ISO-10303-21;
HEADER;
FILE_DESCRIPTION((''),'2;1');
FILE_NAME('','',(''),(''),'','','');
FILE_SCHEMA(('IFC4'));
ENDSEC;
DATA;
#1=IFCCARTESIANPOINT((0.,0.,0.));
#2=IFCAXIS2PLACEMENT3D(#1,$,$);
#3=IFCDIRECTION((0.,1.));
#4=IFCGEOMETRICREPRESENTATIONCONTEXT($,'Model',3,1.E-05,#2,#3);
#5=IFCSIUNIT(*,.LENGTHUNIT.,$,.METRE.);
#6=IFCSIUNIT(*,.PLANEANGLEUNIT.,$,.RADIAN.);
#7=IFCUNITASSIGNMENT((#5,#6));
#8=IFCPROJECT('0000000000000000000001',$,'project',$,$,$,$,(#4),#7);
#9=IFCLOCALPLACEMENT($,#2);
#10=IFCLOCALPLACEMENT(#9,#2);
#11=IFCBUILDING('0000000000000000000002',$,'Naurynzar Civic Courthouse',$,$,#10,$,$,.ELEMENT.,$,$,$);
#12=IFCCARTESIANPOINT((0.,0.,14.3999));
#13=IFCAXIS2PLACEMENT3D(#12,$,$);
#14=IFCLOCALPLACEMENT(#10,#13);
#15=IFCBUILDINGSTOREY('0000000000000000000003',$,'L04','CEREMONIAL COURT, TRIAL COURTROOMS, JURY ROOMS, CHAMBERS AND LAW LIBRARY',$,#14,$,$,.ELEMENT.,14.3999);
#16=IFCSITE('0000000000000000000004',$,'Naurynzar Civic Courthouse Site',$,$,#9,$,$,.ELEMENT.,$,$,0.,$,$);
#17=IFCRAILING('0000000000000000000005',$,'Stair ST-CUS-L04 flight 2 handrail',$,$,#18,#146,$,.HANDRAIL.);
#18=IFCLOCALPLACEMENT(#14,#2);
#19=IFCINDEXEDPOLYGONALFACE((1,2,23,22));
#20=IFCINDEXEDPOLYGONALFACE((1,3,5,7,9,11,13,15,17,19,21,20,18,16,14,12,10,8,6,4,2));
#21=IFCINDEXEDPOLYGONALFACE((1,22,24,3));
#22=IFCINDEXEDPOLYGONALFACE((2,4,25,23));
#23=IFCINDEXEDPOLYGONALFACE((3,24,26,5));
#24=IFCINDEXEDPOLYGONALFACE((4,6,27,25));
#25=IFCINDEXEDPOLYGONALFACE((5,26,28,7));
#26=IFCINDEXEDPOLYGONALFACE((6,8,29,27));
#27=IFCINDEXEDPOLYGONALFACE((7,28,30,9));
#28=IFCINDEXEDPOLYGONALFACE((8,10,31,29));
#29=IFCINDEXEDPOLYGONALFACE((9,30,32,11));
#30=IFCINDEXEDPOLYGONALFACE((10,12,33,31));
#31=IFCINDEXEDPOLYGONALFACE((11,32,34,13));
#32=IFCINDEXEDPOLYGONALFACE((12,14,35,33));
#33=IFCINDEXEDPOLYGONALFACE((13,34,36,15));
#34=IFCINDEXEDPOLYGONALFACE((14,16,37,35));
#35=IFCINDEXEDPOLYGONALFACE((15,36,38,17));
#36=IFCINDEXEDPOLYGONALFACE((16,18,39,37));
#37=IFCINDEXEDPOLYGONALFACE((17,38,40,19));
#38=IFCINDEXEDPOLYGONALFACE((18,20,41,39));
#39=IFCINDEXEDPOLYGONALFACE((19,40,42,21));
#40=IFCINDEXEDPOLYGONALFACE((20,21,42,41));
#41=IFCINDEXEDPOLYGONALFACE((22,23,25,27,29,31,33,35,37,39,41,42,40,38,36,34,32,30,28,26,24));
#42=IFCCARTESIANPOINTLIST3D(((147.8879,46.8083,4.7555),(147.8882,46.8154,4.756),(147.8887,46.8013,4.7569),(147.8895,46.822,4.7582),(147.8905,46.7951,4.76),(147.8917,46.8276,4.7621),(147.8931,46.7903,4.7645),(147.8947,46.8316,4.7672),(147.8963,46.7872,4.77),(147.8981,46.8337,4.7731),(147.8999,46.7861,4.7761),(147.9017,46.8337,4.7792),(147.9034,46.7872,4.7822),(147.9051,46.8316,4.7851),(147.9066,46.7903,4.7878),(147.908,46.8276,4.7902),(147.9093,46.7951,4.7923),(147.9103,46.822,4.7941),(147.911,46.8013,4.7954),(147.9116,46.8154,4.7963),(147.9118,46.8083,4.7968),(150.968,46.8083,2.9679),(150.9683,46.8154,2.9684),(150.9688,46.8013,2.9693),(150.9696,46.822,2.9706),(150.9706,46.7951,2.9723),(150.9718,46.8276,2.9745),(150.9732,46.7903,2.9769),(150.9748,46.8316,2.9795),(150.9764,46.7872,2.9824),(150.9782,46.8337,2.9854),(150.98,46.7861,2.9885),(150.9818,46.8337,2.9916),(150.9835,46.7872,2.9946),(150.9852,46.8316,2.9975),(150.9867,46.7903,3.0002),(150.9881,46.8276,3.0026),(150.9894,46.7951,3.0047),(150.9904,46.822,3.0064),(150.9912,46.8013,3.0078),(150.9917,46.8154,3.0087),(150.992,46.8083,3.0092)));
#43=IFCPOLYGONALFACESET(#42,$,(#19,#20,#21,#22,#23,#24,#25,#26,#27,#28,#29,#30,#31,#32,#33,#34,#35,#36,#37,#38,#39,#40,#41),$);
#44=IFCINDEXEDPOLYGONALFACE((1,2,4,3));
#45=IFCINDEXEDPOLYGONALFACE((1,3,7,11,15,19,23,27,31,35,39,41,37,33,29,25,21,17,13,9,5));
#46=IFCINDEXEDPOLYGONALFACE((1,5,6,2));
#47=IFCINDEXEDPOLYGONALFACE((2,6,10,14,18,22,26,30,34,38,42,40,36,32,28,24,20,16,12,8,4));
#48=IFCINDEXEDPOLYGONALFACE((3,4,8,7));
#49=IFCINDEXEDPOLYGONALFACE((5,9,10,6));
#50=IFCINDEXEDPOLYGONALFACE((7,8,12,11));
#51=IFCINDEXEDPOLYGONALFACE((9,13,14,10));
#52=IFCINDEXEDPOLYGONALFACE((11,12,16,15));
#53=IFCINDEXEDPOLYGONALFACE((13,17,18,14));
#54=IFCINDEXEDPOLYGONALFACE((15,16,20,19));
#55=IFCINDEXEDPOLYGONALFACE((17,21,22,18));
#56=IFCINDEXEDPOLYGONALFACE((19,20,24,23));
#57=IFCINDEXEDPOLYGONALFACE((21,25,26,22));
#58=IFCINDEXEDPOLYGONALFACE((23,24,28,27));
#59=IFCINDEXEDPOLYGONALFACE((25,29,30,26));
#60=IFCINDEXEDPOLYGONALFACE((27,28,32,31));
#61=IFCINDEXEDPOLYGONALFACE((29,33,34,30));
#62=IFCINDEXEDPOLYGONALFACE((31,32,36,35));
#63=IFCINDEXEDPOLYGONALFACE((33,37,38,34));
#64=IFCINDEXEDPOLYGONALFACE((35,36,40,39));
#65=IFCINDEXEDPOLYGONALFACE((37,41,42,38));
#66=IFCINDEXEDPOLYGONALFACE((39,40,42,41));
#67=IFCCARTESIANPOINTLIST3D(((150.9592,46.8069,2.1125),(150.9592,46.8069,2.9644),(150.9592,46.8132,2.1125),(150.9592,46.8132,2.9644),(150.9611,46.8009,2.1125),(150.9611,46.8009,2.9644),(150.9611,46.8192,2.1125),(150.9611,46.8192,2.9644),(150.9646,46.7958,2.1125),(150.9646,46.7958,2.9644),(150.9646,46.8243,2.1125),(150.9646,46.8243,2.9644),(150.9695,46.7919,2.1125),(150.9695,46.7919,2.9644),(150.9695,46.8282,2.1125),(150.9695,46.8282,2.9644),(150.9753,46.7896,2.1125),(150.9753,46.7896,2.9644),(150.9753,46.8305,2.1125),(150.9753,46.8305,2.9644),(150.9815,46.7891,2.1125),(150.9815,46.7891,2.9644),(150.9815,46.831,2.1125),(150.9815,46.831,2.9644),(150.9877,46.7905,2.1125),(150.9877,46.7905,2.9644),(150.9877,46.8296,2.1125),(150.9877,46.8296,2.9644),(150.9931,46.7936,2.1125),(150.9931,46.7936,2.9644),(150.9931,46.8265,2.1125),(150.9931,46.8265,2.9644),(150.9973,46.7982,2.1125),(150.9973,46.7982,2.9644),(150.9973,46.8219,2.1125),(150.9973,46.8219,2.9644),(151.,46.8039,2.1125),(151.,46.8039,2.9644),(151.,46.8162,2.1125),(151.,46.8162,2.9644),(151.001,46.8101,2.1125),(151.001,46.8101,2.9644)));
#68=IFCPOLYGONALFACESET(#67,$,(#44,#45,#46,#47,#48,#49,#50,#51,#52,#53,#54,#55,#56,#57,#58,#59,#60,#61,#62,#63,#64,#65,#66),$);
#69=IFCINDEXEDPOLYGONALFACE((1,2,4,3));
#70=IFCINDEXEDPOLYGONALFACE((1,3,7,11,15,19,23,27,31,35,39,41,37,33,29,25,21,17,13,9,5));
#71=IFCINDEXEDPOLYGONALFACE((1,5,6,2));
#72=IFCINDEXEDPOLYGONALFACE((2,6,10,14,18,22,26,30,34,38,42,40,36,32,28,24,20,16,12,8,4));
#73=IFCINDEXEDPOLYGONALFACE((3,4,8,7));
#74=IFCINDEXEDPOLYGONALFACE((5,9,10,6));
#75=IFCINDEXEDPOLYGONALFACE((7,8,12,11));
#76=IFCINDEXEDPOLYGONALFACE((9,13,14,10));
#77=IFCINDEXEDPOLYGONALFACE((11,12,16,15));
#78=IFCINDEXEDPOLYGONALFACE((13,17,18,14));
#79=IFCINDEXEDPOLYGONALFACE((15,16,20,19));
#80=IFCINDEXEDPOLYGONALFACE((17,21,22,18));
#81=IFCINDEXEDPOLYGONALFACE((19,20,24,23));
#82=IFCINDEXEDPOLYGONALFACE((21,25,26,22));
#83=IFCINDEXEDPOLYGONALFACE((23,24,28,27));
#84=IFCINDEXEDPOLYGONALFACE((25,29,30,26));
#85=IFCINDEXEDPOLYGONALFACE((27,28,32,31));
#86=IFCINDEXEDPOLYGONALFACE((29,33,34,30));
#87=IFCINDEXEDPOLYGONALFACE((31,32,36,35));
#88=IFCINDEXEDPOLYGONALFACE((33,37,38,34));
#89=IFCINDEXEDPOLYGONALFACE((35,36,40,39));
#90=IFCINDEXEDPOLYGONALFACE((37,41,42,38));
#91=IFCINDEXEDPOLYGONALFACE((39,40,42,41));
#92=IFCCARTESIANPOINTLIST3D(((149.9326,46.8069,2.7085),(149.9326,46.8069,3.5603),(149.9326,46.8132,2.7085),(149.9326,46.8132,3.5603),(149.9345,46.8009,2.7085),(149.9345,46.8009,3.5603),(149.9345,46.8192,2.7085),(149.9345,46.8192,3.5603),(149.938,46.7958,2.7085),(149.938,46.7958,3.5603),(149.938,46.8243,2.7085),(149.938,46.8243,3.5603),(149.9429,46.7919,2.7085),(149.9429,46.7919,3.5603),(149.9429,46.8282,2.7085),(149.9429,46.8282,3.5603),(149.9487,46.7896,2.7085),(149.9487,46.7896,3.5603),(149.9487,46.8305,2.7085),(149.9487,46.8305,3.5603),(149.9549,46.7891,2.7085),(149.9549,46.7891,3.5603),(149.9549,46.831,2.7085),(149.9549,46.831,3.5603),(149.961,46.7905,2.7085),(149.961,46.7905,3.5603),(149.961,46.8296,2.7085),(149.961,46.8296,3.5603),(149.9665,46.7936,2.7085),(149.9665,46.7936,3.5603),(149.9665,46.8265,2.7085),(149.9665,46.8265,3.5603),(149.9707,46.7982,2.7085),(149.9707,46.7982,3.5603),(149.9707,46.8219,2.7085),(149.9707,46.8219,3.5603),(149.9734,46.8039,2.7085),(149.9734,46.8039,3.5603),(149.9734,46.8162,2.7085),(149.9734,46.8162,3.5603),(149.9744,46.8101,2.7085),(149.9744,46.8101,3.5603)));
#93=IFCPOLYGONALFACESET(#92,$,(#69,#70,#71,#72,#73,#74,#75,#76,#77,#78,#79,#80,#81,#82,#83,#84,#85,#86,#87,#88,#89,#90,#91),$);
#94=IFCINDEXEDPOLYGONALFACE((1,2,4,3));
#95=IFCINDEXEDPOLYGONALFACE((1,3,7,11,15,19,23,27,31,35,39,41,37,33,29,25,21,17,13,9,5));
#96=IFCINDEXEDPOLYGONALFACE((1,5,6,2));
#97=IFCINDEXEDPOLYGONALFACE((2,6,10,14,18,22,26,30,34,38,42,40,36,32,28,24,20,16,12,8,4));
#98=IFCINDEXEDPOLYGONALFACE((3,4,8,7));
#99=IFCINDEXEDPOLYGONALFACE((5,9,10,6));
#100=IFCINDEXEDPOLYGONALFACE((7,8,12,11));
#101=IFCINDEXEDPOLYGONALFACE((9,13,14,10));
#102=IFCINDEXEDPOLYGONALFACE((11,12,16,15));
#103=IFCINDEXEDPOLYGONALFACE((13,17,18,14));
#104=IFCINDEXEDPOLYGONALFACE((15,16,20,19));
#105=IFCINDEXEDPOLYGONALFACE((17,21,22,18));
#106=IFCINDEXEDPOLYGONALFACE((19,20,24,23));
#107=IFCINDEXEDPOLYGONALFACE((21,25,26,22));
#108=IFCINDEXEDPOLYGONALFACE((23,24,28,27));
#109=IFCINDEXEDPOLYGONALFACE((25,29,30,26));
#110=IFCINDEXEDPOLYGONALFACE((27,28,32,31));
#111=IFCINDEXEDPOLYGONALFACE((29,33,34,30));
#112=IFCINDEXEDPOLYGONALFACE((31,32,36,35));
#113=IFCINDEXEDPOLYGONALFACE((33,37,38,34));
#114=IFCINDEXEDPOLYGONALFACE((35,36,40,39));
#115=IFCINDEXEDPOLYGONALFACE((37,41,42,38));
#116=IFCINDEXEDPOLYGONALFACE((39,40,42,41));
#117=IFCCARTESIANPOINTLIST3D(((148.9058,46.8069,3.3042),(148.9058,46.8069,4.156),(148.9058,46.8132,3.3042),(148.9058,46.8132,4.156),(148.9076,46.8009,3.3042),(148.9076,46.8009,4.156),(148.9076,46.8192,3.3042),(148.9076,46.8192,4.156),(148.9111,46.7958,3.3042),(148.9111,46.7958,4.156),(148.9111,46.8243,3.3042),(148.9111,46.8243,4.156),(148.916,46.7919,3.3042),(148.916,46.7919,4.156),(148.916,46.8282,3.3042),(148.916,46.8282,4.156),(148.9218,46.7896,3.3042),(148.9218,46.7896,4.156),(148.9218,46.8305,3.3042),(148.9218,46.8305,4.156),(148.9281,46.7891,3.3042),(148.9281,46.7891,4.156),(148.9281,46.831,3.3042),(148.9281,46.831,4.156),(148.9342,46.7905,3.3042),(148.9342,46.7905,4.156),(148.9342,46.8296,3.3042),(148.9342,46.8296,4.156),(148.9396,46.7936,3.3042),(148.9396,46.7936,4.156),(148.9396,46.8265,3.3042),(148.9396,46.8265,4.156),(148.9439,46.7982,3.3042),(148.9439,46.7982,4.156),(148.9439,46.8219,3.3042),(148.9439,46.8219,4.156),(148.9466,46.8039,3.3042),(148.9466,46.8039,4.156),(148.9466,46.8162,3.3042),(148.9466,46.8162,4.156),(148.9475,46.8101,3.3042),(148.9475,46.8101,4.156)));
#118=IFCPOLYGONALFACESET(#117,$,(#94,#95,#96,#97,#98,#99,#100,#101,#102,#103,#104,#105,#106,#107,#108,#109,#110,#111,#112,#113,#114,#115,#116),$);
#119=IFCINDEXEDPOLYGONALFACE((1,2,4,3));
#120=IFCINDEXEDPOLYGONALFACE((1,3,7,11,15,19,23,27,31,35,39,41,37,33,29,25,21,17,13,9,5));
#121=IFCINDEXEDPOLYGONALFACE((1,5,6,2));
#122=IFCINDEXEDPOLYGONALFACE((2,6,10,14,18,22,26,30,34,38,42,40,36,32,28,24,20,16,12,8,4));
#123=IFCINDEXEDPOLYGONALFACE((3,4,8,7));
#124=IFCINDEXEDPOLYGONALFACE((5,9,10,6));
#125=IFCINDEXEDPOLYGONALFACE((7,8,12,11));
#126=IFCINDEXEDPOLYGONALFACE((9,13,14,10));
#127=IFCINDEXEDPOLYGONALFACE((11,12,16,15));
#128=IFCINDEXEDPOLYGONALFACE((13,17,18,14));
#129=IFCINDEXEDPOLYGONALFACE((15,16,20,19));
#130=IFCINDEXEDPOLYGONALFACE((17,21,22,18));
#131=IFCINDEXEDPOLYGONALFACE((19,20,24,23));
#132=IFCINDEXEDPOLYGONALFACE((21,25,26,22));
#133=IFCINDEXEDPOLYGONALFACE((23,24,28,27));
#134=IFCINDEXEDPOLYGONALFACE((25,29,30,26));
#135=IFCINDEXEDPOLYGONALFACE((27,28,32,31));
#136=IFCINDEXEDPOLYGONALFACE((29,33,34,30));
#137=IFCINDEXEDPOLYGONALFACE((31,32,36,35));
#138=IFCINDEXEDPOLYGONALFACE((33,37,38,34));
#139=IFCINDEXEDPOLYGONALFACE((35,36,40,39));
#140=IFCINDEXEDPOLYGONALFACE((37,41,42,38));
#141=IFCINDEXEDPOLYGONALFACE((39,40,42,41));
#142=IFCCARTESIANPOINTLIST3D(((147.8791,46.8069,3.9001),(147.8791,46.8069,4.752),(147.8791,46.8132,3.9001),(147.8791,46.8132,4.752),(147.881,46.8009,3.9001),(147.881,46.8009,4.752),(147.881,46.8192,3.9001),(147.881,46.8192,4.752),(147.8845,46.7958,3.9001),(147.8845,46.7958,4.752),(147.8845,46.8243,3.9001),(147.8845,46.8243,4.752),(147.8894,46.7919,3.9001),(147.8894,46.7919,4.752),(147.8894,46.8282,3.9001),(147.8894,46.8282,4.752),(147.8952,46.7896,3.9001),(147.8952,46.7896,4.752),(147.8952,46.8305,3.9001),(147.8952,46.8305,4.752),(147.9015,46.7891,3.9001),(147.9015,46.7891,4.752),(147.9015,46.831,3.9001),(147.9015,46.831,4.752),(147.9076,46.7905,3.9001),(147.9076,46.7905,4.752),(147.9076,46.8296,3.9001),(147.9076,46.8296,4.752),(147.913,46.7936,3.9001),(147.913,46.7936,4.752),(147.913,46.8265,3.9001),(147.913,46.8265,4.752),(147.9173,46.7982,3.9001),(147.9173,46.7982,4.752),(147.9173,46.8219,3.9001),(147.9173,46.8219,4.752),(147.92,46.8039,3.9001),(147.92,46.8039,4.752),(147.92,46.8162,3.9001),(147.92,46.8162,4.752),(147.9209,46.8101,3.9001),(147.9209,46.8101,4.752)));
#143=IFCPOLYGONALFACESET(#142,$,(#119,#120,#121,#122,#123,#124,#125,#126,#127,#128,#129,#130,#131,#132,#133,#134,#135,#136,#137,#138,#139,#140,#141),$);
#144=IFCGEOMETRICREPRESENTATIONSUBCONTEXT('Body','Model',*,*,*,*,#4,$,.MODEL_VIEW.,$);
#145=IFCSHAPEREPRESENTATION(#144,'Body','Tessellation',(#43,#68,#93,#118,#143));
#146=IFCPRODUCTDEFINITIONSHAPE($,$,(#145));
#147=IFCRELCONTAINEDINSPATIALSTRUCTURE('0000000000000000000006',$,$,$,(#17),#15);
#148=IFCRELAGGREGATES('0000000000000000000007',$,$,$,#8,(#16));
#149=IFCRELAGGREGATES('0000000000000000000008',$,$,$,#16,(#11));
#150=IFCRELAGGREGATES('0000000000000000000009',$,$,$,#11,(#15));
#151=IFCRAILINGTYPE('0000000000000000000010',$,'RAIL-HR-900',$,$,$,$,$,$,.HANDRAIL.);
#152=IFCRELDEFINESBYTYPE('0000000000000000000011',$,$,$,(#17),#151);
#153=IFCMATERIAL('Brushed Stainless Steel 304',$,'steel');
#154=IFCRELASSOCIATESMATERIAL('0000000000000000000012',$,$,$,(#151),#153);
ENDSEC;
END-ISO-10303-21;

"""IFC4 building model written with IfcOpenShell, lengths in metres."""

from ifc_helpers import new_model, si_unit, direction, frame, origin, origin_2d, place, context, subcontext, project, spatial, circle, extrude, material, type_object, element, save


model = new_model("IFC4")

# Units and contexts
model_context = context("Model", 3, precision=1e-05, world=origin(), true_north=direction((0.0, 1.0)))
body_context = subcontext(model_context, "Body", "Model", "MODEL_VIEW")
ifc_project = project(units=[si_unit("LENGTHUNIT", "METRE"), si_unit("PLANEANGLEUNIT", "RADIAN")], contexts=[model_context])

# Site, building, storey
site_placement = place(None, origin())
site = spatial("IfcSite", under=ifc_project, at=site_placement, Name="Naurynzar Civic Courthouse Site", CompositionType="ELEMENT", RefElevation=0.0)
building_placement = place(site_placement, origin())
building = spatial("IfcBuilding", under=site, at=building_placement, Name="Naurynzar Civic Courthouse", CompositionType="ELEMENT")
storey_placement = place(building_placement, frame((0.0, 0.0, 14.3999)))
storey = spatial("IfcBuildingStorey", under=building, at=storey_placement, Name="L04", Description="CEREMONIAL COURT, TRIAL COURTROOMS, JURY ROOMS, CHAMBERS AND LAW LIBRARY", CompositionType="ELEMENT", Elevation=14.3999)

# Railing
ifc_material_1 = material(Name="Brushed Stainless Steel 304", Category="steel")
railing_type_1 = type_object("IfcRailingType", Name="RAIL-HR-900", PredefinedType="HANDRAIL", material=ifc_material_1)
railing_1_placement = place(storey_placement, frame((150.98, 46.8101, 2.1125)))
element("IfcRailing", 1, at=railing_1_placement, inside=storey, type_object=railing_type_1, Name="Stair ST-CUS-L04 flight 2 handrail", PredefinedType="HANDRAIL", context=body_context, shape_type="SweptSolid", body=[
    extrude(circle(Radius=0.0239, at=origin_2d()), frame((0.0, 0.0, 0.876), z_axis=(-0.864891, 0.0, 0.50196), x_axis=(0.0, -1.0, 0.0)), (0.0, 0.0, 1.0), 3.5613),
    extrude(circle(Radius=0.021, at=origin_2d()), origin(), (0.0, 0.0, 1.0), 0.8518),
    extrude(circle(Radius=0.021, at=origin_2d()), frame((-1.0266, 0.0, 0.5959)), (0.0, 0.0, 1.0), 0.8518),
    extrude(circle(Radius=0.021, at=origin_2d()), frame((-2.0535, 0.0, 1.1917)), (0.0, 0.0, 1.0), 0.8518),
    extrude(circle(Radius=0.021, at=origin_2d()), frame((-3.0801, 0.0, 1.7876)), (0.0, 0.0, 1.0), 0.8518),
])

save(model, "model.ifc")
